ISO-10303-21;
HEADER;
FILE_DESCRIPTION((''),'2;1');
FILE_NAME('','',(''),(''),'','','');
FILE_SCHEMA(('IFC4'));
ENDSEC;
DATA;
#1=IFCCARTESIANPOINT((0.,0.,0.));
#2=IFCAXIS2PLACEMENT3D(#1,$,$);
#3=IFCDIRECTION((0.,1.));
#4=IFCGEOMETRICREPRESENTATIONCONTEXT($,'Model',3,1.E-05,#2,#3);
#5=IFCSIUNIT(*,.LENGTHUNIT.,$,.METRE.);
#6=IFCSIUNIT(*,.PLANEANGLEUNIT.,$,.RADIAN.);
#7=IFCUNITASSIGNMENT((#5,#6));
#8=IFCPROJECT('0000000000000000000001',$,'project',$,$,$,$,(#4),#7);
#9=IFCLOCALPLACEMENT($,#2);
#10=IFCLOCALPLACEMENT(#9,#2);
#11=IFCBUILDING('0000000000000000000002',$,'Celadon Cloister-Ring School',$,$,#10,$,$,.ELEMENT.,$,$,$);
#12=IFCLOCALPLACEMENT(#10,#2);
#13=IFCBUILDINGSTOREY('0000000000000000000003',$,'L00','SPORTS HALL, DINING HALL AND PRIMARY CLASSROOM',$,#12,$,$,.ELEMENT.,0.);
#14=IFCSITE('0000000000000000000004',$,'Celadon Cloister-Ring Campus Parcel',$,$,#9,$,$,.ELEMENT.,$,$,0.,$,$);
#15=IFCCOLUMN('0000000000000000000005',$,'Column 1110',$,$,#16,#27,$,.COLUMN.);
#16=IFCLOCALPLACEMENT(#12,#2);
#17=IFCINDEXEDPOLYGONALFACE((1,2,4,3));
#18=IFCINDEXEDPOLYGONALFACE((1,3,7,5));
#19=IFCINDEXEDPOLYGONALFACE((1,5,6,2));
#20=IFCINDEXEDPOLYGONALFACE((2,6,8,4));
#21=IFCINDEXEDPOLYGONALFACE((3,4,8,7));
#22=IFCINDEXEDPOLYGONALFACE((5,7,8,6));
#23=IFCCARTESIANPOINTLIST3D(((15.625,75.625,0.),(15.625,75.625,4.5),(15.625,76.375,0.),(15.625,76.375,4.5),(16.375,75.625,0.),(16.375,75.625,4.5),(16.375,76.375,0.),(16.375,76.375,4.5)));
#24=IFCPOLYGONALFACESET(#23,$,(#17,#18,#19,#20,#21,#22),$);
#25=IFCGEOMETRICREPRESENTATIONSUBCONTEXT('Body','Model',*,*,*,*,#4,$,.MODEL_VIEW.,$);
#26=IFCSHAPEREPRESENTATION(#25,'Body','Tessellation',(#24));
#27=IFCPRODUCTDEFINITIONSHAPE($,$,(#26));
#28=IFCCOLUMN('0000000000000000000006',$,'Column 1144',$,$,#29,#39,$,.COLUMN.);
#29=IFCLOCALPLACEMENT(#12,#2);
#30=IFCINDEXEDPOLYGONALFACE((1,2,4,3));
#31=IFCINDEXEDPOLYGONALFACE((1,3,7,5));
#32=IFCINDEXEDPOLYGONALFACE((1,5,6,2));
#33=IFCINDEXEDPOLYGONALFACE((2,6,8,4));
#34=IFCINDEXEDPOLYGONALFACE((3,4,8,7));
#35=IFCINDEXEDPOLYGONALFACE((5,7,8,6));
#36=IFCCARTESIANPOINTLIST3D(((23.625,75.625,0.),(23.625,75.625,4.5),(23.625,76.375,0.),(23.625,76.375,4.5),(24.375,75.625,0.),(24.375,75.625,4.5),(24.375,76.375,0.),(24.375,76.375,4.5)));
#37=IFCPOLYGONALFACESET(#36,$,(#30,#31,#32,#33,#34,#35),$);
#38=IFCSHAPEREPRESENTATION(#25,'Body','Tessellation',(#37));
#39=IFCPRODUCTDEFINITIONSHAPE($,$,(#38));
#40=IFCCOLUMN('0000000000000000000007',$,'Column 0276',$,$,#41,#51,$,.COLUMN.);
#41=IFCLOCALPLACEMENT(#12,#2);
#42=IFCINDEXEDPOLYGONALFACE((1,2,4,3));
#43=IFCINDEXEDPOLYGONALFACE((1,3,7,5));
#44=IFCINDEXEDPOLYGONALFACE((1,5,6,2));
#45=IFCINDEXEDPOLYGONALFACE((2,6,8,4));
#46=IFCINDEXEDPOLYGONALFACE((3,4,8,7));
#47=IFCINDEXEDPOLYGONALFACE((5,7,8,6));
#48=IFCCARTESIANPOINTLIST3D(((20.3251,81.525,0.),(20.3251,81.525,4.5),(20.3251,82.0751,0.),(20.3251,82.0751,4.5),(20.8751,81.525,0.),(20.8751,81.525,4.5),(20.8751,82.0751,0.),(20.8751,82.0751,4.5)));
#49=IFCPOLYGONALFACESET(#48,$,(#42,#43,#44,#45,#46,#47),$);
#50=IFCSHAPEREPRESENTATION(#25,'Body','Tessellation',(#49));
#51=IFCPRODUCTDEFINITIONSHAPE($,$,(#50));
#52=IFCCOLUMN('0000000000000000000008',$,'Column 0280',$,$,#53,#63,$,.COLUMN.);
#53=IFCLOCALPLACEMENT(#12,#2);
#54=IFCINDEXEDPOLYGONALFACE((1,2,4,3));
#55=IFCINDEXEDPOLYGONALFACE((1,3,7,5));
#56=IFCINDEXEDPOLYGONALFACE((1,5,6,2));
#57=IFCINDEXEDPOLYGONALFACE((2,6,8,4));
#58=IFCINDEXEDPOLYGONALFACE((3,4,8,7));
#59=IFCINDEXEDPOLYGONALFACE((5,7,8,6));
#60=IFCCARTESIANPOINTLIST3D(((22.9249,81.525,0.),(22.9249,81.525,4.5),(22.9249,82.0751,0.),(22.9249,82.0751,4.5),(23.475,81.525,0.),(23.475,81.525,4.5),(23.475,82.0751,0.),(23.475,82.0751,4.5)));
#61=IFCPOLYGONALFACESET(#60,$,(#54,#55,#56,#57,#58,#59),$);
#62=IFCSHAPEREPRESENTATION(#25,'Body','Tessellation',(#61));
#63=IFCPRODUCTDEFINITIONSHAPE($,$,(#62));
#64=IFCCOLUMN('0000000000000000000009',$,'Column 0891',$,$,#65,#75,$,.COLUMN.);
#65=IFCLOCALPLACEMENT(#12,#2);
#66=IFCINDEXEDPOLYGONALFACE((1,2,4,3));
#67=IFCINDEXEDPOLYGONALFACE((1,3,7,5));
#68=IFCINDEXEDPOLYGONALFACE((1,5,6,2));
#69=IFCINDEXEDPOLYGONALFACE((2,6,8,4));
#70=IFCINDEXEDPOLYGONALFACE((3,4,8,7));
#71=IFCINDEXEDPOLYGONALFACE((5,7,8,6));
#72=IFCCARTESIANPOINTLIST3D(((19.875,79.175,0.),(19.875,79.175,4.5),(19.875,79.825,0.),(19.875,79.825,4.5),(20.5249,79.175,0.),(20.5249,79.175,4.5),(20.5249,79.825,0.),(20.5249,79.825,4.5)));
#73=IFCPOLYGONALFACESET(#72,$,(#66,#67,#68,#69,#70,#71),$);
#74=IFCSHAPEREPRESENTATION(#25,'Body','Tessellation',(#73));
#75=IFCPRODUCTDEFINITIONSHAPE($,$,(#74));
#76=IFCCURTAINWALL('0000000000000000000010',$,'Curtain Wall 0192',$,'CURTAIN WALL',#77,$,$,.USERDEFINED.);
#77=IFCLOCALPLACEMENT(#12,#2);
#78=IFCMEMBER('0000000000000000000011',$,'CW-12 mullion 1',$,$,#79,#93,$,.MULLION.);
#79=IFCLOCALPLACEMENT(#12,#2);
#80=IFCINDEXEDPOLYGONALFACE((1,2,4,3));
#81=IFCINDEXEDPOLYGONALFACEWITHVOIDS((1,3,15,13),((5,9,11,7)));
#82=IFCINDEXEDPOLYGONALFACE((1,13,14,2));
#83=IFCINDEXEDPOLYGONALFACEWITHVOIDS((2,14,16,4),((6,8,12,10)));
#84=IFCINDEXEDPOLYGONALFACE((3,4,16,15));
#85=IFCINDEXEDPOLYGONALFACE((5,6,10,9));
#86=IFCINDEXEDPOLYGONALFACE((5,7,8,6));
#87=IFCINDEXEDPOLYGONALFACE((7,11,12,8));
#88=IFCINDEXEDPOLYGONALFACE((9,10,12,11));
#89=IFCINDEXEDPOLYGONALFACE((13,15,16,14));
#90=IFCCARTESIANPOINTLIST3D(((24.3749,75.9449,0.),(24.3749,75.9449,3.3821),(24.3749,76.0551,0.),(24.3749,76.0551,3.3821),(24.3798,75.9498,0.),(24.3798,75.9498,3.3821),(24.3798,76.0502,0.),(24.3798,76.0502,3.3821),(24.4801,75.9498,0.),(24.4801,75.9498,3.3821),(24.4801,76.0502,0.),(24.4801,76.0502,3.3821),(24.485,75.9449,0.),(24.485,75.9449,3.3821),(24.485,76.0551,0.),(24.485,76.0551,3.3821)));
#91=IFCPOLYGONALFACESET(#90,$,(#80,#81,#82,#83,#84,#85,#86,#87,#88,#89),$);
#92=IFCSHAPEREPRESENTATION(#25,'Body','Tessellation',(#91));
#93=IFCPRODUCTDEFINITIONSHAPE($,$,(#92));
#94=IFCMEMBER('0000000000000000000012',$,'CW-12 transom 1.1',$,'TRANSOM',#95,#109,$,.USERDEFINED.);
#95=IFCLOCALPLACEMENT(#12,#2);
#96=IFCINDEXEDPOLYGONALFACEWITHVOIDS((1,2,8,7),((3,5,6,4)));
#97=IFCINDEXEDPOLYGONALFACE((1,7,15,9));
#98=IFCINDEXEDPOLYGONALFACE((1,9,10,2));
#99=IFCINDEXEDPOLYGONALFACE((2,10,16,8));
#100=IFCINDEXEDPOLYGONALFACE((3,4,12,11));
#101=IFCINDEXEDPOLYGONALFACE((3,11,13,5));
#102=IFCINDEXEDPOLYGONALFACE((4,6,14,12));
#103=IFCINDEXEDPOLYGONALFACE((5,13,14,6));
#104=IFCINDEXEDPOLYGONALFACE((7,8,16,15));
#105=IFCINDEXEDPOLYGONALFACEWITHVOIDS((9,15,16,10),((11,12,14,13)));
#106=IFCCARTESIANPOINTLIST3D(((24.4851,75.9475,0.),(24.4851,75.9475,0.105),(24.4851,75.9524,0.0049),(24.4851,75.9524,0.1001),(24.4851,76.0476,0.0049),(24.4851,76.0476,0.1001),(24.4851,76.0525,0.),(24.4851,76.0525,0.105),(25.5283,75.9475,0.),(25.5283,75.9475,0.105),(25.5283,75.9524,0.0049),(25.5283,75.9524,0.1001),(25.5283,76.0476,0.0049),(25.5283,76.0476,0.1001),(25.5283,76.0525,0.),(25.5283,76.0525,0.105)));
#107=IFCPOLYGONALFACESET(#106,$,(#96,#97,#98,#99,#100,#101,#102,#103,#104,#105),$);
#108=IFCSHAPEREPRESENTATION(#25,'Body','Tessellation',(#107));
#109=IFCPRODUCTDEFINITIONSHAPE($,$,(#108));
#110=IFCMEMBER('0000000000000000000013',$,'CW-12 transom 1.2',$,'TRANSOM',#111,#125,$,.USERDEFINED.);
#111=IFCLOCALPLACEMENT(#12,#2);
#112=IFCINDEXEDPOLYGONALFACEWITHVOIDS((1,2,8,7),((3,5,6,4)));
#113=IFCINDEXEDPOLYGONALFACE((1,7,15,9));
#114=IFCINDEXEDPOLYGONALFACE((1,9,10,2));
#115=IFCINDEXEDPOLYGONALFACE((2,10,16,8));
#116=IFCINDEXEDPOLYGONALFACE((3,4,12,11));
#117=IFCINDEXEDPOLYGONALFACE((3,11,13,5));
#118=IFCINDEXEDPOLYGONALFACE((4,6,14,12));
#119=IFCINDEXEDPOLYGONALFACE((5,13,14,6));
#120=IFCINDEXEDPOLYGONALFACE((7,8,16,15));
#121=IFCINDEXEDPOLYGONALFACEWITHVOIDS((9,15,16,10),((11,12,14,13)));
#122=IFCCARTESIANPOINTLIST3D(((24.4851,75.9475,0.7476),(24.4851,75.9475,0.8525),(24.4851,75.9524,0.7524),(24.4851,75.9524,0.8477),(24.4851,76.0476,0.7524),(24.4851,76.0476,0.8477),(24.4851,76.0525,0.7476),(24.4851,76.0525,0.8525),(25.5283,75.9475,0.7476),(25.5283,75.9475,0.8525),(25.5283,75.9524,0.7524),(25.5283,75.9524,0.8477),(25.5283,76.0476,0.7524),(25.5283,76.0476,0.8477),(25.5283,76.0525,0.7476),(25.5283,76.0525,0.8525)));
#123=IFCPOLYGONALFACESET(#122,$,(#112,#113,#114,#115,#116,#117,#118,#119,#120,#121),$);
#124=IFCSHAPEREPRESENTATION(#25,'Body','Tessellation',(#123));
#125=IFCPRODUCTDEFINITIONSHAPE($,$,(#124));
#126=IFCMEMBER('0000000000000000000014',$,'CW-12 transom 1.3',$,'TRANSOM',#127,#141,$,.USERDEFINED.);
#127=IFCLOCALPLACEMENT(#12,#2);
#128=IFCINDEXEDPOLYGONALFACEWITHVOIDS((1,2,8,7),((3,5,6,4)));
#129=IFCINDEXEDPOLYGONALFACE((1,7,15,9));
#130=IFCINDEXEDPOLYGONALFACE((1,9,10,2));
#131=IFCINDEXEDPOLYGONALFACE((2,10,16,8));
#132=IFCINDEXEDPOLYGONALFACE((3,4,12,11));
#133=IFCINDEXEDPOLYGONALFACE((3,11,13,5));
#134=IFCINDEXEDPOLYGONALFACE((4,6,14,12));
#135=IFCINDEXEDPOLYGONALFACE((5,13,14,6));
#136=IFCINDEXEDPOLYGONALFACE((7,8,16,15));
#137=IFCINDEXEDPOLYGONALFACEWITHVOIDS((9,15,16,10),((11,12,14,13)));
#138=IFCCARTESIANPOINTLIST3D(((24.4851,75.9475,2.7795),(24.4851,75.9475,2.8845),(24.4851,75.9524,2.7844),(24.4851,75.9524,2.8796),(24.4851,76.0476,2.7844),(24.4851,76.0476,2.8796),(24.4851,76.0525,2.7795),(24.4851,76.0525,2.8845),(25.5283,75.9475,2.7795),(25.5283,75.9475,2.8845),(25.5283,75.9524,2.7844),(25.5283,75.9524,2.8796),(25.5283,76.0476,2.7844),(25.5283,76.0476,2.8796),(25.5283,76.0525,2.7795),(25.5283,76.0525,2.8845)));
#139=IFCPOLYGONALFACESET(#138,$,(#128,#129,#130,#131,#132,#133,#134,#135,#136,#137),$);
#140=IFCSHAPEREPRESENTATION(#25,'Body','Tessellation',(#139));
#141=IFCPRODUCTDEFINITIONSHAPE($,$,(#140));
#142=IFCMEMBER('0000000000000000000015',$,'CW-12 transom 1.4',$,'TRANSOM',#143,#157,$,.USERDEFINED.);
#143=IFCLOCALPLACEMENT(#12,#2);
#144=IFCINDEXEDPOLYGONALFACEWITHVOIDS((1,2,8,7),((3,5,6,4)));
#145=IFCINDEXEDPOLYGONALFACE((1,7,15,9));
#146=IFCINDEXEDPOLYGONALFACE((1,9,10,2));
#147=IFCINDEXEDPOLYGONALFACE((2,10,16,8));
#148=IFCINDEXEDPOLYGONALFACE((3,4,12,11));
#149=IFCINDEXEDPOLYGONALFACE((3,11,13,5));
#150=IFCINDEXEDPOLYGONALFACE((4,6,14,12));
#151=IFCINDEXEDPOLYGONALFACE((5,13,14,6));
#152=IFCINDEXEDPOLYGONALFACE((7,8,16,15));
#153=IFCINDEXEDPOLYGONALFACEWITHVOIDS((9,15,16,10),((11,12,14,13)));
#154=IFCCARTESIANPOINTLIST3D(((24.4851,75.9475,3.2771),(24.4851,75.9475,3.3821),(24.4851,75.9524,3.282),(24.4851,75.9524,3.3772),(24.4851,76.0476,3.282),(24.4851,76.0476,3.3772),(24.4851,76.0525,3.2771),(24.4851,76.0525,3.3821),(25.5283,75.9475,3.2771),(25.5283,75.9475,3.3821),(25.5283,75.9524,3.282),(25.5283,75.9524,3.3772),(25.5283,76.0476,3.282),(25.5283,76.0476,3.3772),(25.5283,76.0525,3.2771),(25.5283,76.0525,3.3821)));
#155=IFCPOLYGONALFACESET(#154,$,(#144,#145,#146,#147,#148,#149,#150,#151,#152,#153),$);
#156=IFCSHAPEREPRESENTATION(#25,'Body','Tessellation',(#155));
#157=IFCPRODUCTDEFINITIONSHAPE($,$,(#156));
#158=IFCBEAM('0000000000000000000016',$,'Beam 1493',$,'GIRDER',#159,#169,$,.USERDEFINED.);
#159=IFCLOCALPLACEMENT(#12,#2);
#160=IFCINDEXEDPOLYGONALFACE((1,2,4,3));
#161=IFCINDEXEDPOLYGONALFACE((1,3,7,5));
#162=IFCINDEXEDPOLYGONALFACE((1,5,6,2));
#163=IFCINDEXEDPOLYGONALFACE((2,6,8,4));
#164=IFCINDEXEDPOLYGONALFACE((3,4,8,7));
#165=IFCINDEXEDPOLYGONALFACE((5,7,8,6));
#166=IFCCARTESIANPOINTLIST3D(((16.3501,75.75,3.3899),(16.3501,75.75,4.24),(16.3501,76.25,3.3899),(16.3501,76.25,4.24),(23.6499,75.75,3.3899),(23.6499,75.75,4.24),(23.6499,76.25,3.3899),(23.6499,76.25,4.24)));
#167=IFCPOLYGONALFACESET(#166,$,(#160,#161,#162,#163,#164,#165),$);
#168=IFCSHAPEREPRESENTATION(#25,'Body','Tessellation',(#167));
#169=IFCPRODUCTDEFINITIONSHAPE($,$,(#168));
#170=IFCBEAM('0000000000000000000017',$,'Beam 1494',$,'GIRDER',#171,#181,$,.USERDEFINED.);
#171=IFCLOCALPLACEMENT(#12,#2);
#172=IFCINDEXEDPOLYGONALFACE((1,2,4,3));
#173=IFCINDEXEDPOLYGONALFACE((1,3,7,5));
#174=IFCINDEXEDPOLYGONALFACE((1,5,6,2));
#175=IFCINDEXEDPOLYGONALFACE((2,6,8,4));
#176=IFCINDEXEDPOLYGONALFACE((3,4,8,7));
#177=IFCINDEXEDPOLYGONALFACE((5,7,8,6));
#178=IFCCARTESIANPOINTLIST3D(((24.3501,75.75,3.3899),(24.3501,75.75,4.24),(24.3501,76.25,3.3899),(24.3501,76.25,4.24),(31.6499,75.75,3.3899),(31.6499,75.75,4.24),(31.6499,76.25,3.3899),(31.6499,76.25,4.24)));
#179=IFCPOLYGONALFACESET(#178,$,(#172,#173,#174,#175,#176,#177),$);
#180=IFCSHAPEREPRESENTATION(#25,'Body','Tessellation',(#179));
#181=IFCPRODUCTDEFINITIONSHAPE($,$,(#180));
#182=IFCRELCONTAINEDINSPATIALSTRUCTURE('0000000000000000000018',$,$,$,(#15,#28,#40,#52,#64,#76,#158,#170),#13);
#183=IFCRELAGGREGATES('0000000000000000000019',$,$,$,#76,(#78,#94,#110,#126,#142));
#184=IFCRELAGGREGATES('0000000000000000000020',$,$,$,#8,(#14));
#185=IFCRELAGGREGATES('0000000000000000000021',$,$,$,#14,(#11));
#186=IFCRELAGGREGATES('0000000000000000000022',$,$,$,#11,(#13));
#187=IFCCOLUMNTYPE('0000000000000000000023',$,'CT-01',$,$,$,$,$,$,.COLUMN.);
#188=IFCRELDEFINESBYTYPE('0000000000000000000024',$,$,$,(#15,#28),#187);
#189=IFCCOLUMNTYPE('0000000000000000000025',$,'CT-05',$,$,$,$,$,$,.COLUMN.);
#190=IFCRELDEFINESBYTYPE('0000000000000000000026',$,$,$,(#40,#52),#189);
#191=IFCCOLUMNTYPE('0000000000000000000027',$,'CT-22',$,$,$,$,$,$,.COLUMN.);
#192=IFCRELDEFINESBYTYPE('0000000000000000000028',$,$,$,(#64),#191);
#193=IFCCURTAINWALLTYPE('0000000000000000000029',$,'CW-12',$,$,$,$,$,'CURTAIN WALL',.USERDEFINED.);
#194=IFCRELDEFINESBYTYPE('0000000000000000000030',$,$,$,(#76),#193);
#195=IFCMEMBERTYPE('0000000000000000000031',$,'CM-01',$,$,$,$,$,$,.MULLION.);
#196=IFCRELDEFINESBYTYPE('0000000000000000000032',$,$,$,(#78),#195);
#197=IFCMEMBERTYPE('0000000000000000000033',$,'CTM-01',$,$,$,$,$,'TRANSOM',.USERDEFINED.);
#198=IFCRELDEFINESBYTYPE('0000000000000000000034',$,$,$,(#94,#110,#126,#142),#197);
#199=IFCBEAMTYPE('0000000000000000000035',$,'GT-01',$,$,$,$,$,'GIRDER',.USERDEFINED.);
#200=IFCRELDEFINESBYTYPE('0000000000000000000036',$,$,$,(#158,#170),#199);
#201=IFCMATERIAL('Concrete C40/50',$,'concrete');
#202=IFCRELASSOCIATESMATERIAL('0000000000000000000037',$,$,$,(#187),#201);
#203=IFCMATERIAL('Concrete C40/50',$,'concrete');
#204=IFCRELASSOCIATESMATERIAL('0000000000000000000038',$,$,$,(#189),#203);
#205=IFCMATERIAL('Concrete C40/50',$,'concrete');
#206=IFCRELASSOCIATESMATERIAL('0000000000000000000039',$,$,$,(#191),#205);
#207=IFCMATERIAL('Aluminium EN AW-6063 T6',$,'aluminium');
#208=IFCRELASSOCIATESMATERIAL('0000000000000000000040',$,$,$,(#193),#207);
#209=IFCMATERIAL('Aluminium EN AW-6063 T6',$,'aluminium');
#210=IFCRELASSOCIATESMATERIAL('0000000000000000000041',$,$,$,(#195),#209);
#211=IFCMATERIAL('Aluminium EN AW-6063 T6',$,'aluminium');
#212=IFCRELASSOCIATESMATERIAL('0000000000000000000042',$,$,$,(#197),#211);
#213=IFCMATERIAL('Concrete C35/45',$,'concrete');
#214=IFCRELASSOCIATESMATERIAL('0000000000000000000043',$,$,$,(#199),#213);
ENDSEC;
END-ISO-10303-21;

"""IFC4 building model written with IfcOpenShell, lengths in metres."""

from ifc_helpers import new_model, si_unit, direction, frame, origin, origin_2d, place, context, subcontext, project, spatial, rectangle, hollow_rectangle, extrude, material, material_profile, profile_set, type_object, element, aggregate, save


model = new_model("IFC4")

# Units and contexts
model_context = context("Model", 3, precision=1e-05, world=origin(), true_north=direction((0.0, 1.0)))
body_context = subcontext(model_context, "Body", "Model", "MODEL_VIEW")
ifc_project = project(units=[si_unit("LENGTHUNIT", "METRE"), si_unit("PLANEANGLEUNIT", "RADIAN")], contexts=[model_context])

# Site, building, storey
site_placement = place(None, origin())
site = spatial("IfcSite", under=ifc_project, at=site_placement, Name="Celadon Cloister-Ring Campus Parcel", CompositionType="ELEMENT", RefElevation=0.0)
building_placement = place(site_placement, origin())
building = spatial("IfcBuilding", under=site, at=building_placement, Name="Celadon Cloister-Ring School", CompositionType="ELEMENT")
storey_placement = place(building_placement, origin())
storey = spatial("IfcBuildingStorey", under=building, at=storey_placement, Name="L00", Description="SPORTS HALL, DINING HALL AND PRIMARY CLASSROOM", CompositionType="ELEMENT", Elevation=0.0)

# Columns
ifc_material_1 = material(Name="Concrete C40/50", Category="concrete")
ifc_material_profile_1 = material_profile(ifc_material_1, rectangle(XDim=0.75, YDim=0.75, at=origin_2d()), Name="RC750X750")
ifc_profile_set_1 = profile_set([ifc_material_profile_1], Name="Concrete C40/50")
column_type_1 = type_object("IfcColumnType", Name="CT-01", PredefinedType="COLUMN", material=ifc_profile_set_1)
for number, where, z_axis, x_axis, name in (
    (1, (16.0, 76.0, 0.0), (0.0, 0.0, 1.0), (1.0, 0.0, 0.0), "Column 1110"),
    (2, (24.0, 76.0, 0.0), (0.0, 0.0, 1.0), (1.0, 0.0, 0.0), "Column 1144"),
):
    element("IfcColumn", number, at=place(storey_placement, frame(where, z_axis=z_axis, x_axis=x_axis)), inside=storey, type_object=column_type_1, Name=name, PredefinedType="COLUMN", context=body_context, shape_type="SweptSolid", body=[
        extrude(rectangle(XDim=0.75, YDim=0.75, at=origin_2d()), origin(), (0.0, 0.0, 1.0), 4.5),
    ])
ifc_material_2 = material(Name="Concrete C40/50", Category="concrete")
ifc_material_profile_2 = material_profile(ifc_material_2, rectangle(XDim=0.55, YDim=0.55, at=origin_2d()), Name="RC550X550")
ifc_profile_set_2 = profile_set([ifc_material_profile_2], Name="Concrete C40/50")
column_type_2 = type_object("IfcColumnType", Name="CT-05", PredefinedType="COLUMN", material=ifc_profile_set_2)
for number, where, z_axis, x_axis, name in (
    (3, (20.6001, 81.8, 0.0), (0.0, 0.0, 1.0), (1.0, 0.0, 0.0), "Column 0276"),
    (4, (23.2, 81.8, 0.0), (0.0, 0.0, 1.0), (1.0, 0.0, 0.0), "Column 0280"),
):
    element("IfcColumn", number, at=place(storey_placement, frame(where, z_axis=z_axis, x_axis=x_axis)), inside=storey, type_object=column_type_2, Name=name, PredefinedType="COLUMN", context=body_context, shape_type="SweptSolid", body=[
        extrude(rectangle(XDim=0.55, YDim=0.55, at=origin_2d()), origin(), (0.0, 0.0, 1.0), 4.5),
    ])
ifc_material_3 = material(Name="Concrete C40/50", Category="concrete")
ifc_material_profile_3 = material_profile(ifc_material_3, rectangle(XDim=0.6499, YDim=0.6499, at=origin_2d()), Name="RC650X650")
ifc_profile_set_3 = profile_set([ifc_material_profile_3], Name="Concrete C40/50")
column_type_3 = type_object("IfcColumnType", Name="CT-22", PredefinedType="COLUMN", material=ifc_profile_set_3)
column_placement = place(storey_placement, frame((20.2, 79.5, 0.0), z_axis=(0.0, 0.0, 1.0), x_axis=(0.0, -1.0, 0.0)))
element("IfcColumn", 5, at=column_placement, inside=storey, type_object=column_type_3, Name="Column 0891", PredefinedType="COLUMN", context=body_context, shape_type="SweptSolid", body=[
    extrude(rectangle(XDim=0.6499, YDim=0.6499, at=origin_2d()), origin(), (0.0, 0.0, 1.0), 4.5),
])

# Curtain wall, members
ifc_material_4 = material(Name="Aluminium EN AW-6063 T6", Category="aluminium")
curtain_wall_type = type_object("IfcCurtainWallType", Name="CW-12", ElementType="CURTAIN WALL", PredefinedType="USERDEFINED", material=ifc_material_4)
curtain_wall_placement = place(storey_placement, origin())
curtain_wall = element("IfcCurtainWall", 6, at=curtain_wall_placement, inside=storey, type_object=curtain_wall_type, Name="Curtain Wall 0192", ObjectType="CURTAIN WALL", PredefinedType="USERDEFINED")
ifc_material_5 = material(Name="Aluminium EN AW-6063 T6", Category="aluminium")
ifc_material_profile_4 = material_profile(ifc_material_5, hollow_rectangle(XDim=0.1101, YDim=0.1101, WallThickness=0.0049, at=origin_2d()), Name="RHS110X110X5")
ifc_profile_set_4 = profile_set([ifc_material_profile_4], Name="Aluminium EN AW-6063 T6")
member_type_1 = type_object("IfcMemberType", Name="CM-01", PredefinedType="MULLION", material=ifc_profile_set_4)
member_1_placement = place(storey_placement, frame((24.4299, 76.0, 0.0), z_axis=(0.0, 0.0, 1.0), x_axis=(0.0, 1.0, 0.0)))
member_1 = element("IfcMember", 7, at=member_1_placement, type_object=member_type_1, Name="CW-12 mullion 1", PredefinedType="MULLION", context=body_context, shape_type="SweptSolid", body=[
    extrude(hollow_rectangle(XDim=0.1101, YDim=0.1101, WallThickness=0.0049, at=origin_2d()), origin(), (0.0, 0.0, 1.0), 3.3821),
])
ifc_material_6 = material(Name="Aluminium EN AW-6063 T6", Category="aluminium")
ifc_material_profile_5 = material_profile(ifc_material_6, hollow_rectangle(XDim=0.105, YDim=0.105, WallThickness=0.0049, at=origin_2d()), Name="RHS105X105X5")
ifc_profile_set_5 = profile_set([ifc_material_profile_5], Name="Aluminium EN AW-6063 T6")
member_type_2 = type_object("IfcMemberType", Name="CTM-01", ElementType="TRANSOM", PredefinedType="USERDEFINED", material=ifc_profile_set_5)
member_2_placement = place(storey_placement, frame((24.4851, 76.0, 0.0525), z_axis=(1.0, 0.0, 0.0), x_axis=(0.0, 1.0, 0.0)))
member_2 = element("IfcMember", 8, at=member_2_placement, type_object=member_type_2, Name="CW-12 transom 1.1", ObjectType="TRANSOM", PredefinedType="USERDEFINED", context=body_context, shape_type="SweptSolid", body=[
    extrude(hollow_rectangle(XDim=0.105, YDim=0.105, WallThickness=0.0049, at=origin_2d()), origin(), (0.0, 0.0, 1.0), 1.0432),
])
member_3_placement = place(storey_placement, frame((24.4851, 76.0, 0.8), z_axis=(1.0, 0.0, 0.0), x_axis=(0.0, 1.0, 0.0)))
member_3 = element("IfcMember", 9, at=member_3_placement, type_object=member_type_2, Name="CW-12 transom 1.2", ObjectType="TRANSOM", PredefinedType="USERDEFINED", context=body_context, shape_type="SweptSolid", body=[
    extrude(hollow_rectangle(XDim=0.105, YDim=0.105, WallThickness=0.0049, at=origin_2d()), origin(), (0.0, 0.0, 1.0), 1.0432),
])
member_4_placement = place(storey_placement, frame((24.4851, 76.0, 2.832), z_axis=(1.0, 0.0, 0.0), x_axis=(0.0, 1.0, 0.0)))
member_4 = element("IfcMember", 10, at=member_4_placement, type_object=member_type_2, Name="CW-12 transom 1.3", ObjectType="TRANSOM", PredefinedType="USERDEFINED", context=body_context, shape_type="SweptSolid", body=[
    extrude(hollow_rectangle(XDim=0.105, YDim=0.105, WallThickness=0.0049, at=origin_2d()), origin(), (0.0, 0.0, 1.0), 1.0432),
])
member_5_placement = place(storey_placement, frame((24.4851, 76.0, 3.3296), z_axis=(1.0, 0.0, 0.0), x_axis=(0.0, 1.0, 0.0)))
member_5 = element("IfcMember", 11, at=member_5_placement, type_object=member_type_2, Name="CW-12 transom 1.4", ObjectType="TRANSOM", PredefinedType="USERDEFINED", context=body_context, shape_type="SweptSolid", body=[
    extrude(hollow_rectangle(XDim=0.105, YDim=0.105, WallThickness=0.0049, at=origin_2d()), origin(), (0.0, 0.0, 1.0), 1.0432),
])

# Beams
ifc_material_7 = material(Name="Concrete C35/45", Category="concrete")
ifc_material_profile_6 = material_profile(ifc_material_7, rectangle(XDim=0.5, YDim=0.8501, at=origin_2d()), Name="RC500X850")
ifc_profile_set_6 = profile_set([ifc_material_profile_6], Name="Concrete C35/45")
beam_type_1 = type_object("IfcBeamType", Name="GT-01", ElementType="GIRDER", PredefinedType="USERDEFINED", material=ifc_profile_set_6)
for number, where, z_axis, x_axis, name in (
    (12, (16.3501, 76.0, 3.8149), (1.0, 0.0, 0.0), (0.0, 1.0, 0.0), "Beam 1493"),
    (13, (24.3501, 76.0, 3.8149), (1.0, 0.0, 0.0), (0.0, 1.0, 0.0), "Beam 1494"),
):
    element("IfcBeam", number, at=place(storey_placement, frame(where, z_axis=z_axis, x_axis=x_axis)), inside=storey, type_object=beam_type_1, Name=name, ObjectType="GIRDER", PredefinedType="USERDEFINED", context=body_context, shape_type="SweptSolid", body=[
        extrude(rectangle(XDim=0.5, YDim=0.8501, at=origin_2d()), origin(), (0.0, 0.0, 1.0), 7.2998),
    ])

aggregate(curtain_wall, [member_1, member_2, member_3, member_4, member_5])

save(model, "model.ifc")
